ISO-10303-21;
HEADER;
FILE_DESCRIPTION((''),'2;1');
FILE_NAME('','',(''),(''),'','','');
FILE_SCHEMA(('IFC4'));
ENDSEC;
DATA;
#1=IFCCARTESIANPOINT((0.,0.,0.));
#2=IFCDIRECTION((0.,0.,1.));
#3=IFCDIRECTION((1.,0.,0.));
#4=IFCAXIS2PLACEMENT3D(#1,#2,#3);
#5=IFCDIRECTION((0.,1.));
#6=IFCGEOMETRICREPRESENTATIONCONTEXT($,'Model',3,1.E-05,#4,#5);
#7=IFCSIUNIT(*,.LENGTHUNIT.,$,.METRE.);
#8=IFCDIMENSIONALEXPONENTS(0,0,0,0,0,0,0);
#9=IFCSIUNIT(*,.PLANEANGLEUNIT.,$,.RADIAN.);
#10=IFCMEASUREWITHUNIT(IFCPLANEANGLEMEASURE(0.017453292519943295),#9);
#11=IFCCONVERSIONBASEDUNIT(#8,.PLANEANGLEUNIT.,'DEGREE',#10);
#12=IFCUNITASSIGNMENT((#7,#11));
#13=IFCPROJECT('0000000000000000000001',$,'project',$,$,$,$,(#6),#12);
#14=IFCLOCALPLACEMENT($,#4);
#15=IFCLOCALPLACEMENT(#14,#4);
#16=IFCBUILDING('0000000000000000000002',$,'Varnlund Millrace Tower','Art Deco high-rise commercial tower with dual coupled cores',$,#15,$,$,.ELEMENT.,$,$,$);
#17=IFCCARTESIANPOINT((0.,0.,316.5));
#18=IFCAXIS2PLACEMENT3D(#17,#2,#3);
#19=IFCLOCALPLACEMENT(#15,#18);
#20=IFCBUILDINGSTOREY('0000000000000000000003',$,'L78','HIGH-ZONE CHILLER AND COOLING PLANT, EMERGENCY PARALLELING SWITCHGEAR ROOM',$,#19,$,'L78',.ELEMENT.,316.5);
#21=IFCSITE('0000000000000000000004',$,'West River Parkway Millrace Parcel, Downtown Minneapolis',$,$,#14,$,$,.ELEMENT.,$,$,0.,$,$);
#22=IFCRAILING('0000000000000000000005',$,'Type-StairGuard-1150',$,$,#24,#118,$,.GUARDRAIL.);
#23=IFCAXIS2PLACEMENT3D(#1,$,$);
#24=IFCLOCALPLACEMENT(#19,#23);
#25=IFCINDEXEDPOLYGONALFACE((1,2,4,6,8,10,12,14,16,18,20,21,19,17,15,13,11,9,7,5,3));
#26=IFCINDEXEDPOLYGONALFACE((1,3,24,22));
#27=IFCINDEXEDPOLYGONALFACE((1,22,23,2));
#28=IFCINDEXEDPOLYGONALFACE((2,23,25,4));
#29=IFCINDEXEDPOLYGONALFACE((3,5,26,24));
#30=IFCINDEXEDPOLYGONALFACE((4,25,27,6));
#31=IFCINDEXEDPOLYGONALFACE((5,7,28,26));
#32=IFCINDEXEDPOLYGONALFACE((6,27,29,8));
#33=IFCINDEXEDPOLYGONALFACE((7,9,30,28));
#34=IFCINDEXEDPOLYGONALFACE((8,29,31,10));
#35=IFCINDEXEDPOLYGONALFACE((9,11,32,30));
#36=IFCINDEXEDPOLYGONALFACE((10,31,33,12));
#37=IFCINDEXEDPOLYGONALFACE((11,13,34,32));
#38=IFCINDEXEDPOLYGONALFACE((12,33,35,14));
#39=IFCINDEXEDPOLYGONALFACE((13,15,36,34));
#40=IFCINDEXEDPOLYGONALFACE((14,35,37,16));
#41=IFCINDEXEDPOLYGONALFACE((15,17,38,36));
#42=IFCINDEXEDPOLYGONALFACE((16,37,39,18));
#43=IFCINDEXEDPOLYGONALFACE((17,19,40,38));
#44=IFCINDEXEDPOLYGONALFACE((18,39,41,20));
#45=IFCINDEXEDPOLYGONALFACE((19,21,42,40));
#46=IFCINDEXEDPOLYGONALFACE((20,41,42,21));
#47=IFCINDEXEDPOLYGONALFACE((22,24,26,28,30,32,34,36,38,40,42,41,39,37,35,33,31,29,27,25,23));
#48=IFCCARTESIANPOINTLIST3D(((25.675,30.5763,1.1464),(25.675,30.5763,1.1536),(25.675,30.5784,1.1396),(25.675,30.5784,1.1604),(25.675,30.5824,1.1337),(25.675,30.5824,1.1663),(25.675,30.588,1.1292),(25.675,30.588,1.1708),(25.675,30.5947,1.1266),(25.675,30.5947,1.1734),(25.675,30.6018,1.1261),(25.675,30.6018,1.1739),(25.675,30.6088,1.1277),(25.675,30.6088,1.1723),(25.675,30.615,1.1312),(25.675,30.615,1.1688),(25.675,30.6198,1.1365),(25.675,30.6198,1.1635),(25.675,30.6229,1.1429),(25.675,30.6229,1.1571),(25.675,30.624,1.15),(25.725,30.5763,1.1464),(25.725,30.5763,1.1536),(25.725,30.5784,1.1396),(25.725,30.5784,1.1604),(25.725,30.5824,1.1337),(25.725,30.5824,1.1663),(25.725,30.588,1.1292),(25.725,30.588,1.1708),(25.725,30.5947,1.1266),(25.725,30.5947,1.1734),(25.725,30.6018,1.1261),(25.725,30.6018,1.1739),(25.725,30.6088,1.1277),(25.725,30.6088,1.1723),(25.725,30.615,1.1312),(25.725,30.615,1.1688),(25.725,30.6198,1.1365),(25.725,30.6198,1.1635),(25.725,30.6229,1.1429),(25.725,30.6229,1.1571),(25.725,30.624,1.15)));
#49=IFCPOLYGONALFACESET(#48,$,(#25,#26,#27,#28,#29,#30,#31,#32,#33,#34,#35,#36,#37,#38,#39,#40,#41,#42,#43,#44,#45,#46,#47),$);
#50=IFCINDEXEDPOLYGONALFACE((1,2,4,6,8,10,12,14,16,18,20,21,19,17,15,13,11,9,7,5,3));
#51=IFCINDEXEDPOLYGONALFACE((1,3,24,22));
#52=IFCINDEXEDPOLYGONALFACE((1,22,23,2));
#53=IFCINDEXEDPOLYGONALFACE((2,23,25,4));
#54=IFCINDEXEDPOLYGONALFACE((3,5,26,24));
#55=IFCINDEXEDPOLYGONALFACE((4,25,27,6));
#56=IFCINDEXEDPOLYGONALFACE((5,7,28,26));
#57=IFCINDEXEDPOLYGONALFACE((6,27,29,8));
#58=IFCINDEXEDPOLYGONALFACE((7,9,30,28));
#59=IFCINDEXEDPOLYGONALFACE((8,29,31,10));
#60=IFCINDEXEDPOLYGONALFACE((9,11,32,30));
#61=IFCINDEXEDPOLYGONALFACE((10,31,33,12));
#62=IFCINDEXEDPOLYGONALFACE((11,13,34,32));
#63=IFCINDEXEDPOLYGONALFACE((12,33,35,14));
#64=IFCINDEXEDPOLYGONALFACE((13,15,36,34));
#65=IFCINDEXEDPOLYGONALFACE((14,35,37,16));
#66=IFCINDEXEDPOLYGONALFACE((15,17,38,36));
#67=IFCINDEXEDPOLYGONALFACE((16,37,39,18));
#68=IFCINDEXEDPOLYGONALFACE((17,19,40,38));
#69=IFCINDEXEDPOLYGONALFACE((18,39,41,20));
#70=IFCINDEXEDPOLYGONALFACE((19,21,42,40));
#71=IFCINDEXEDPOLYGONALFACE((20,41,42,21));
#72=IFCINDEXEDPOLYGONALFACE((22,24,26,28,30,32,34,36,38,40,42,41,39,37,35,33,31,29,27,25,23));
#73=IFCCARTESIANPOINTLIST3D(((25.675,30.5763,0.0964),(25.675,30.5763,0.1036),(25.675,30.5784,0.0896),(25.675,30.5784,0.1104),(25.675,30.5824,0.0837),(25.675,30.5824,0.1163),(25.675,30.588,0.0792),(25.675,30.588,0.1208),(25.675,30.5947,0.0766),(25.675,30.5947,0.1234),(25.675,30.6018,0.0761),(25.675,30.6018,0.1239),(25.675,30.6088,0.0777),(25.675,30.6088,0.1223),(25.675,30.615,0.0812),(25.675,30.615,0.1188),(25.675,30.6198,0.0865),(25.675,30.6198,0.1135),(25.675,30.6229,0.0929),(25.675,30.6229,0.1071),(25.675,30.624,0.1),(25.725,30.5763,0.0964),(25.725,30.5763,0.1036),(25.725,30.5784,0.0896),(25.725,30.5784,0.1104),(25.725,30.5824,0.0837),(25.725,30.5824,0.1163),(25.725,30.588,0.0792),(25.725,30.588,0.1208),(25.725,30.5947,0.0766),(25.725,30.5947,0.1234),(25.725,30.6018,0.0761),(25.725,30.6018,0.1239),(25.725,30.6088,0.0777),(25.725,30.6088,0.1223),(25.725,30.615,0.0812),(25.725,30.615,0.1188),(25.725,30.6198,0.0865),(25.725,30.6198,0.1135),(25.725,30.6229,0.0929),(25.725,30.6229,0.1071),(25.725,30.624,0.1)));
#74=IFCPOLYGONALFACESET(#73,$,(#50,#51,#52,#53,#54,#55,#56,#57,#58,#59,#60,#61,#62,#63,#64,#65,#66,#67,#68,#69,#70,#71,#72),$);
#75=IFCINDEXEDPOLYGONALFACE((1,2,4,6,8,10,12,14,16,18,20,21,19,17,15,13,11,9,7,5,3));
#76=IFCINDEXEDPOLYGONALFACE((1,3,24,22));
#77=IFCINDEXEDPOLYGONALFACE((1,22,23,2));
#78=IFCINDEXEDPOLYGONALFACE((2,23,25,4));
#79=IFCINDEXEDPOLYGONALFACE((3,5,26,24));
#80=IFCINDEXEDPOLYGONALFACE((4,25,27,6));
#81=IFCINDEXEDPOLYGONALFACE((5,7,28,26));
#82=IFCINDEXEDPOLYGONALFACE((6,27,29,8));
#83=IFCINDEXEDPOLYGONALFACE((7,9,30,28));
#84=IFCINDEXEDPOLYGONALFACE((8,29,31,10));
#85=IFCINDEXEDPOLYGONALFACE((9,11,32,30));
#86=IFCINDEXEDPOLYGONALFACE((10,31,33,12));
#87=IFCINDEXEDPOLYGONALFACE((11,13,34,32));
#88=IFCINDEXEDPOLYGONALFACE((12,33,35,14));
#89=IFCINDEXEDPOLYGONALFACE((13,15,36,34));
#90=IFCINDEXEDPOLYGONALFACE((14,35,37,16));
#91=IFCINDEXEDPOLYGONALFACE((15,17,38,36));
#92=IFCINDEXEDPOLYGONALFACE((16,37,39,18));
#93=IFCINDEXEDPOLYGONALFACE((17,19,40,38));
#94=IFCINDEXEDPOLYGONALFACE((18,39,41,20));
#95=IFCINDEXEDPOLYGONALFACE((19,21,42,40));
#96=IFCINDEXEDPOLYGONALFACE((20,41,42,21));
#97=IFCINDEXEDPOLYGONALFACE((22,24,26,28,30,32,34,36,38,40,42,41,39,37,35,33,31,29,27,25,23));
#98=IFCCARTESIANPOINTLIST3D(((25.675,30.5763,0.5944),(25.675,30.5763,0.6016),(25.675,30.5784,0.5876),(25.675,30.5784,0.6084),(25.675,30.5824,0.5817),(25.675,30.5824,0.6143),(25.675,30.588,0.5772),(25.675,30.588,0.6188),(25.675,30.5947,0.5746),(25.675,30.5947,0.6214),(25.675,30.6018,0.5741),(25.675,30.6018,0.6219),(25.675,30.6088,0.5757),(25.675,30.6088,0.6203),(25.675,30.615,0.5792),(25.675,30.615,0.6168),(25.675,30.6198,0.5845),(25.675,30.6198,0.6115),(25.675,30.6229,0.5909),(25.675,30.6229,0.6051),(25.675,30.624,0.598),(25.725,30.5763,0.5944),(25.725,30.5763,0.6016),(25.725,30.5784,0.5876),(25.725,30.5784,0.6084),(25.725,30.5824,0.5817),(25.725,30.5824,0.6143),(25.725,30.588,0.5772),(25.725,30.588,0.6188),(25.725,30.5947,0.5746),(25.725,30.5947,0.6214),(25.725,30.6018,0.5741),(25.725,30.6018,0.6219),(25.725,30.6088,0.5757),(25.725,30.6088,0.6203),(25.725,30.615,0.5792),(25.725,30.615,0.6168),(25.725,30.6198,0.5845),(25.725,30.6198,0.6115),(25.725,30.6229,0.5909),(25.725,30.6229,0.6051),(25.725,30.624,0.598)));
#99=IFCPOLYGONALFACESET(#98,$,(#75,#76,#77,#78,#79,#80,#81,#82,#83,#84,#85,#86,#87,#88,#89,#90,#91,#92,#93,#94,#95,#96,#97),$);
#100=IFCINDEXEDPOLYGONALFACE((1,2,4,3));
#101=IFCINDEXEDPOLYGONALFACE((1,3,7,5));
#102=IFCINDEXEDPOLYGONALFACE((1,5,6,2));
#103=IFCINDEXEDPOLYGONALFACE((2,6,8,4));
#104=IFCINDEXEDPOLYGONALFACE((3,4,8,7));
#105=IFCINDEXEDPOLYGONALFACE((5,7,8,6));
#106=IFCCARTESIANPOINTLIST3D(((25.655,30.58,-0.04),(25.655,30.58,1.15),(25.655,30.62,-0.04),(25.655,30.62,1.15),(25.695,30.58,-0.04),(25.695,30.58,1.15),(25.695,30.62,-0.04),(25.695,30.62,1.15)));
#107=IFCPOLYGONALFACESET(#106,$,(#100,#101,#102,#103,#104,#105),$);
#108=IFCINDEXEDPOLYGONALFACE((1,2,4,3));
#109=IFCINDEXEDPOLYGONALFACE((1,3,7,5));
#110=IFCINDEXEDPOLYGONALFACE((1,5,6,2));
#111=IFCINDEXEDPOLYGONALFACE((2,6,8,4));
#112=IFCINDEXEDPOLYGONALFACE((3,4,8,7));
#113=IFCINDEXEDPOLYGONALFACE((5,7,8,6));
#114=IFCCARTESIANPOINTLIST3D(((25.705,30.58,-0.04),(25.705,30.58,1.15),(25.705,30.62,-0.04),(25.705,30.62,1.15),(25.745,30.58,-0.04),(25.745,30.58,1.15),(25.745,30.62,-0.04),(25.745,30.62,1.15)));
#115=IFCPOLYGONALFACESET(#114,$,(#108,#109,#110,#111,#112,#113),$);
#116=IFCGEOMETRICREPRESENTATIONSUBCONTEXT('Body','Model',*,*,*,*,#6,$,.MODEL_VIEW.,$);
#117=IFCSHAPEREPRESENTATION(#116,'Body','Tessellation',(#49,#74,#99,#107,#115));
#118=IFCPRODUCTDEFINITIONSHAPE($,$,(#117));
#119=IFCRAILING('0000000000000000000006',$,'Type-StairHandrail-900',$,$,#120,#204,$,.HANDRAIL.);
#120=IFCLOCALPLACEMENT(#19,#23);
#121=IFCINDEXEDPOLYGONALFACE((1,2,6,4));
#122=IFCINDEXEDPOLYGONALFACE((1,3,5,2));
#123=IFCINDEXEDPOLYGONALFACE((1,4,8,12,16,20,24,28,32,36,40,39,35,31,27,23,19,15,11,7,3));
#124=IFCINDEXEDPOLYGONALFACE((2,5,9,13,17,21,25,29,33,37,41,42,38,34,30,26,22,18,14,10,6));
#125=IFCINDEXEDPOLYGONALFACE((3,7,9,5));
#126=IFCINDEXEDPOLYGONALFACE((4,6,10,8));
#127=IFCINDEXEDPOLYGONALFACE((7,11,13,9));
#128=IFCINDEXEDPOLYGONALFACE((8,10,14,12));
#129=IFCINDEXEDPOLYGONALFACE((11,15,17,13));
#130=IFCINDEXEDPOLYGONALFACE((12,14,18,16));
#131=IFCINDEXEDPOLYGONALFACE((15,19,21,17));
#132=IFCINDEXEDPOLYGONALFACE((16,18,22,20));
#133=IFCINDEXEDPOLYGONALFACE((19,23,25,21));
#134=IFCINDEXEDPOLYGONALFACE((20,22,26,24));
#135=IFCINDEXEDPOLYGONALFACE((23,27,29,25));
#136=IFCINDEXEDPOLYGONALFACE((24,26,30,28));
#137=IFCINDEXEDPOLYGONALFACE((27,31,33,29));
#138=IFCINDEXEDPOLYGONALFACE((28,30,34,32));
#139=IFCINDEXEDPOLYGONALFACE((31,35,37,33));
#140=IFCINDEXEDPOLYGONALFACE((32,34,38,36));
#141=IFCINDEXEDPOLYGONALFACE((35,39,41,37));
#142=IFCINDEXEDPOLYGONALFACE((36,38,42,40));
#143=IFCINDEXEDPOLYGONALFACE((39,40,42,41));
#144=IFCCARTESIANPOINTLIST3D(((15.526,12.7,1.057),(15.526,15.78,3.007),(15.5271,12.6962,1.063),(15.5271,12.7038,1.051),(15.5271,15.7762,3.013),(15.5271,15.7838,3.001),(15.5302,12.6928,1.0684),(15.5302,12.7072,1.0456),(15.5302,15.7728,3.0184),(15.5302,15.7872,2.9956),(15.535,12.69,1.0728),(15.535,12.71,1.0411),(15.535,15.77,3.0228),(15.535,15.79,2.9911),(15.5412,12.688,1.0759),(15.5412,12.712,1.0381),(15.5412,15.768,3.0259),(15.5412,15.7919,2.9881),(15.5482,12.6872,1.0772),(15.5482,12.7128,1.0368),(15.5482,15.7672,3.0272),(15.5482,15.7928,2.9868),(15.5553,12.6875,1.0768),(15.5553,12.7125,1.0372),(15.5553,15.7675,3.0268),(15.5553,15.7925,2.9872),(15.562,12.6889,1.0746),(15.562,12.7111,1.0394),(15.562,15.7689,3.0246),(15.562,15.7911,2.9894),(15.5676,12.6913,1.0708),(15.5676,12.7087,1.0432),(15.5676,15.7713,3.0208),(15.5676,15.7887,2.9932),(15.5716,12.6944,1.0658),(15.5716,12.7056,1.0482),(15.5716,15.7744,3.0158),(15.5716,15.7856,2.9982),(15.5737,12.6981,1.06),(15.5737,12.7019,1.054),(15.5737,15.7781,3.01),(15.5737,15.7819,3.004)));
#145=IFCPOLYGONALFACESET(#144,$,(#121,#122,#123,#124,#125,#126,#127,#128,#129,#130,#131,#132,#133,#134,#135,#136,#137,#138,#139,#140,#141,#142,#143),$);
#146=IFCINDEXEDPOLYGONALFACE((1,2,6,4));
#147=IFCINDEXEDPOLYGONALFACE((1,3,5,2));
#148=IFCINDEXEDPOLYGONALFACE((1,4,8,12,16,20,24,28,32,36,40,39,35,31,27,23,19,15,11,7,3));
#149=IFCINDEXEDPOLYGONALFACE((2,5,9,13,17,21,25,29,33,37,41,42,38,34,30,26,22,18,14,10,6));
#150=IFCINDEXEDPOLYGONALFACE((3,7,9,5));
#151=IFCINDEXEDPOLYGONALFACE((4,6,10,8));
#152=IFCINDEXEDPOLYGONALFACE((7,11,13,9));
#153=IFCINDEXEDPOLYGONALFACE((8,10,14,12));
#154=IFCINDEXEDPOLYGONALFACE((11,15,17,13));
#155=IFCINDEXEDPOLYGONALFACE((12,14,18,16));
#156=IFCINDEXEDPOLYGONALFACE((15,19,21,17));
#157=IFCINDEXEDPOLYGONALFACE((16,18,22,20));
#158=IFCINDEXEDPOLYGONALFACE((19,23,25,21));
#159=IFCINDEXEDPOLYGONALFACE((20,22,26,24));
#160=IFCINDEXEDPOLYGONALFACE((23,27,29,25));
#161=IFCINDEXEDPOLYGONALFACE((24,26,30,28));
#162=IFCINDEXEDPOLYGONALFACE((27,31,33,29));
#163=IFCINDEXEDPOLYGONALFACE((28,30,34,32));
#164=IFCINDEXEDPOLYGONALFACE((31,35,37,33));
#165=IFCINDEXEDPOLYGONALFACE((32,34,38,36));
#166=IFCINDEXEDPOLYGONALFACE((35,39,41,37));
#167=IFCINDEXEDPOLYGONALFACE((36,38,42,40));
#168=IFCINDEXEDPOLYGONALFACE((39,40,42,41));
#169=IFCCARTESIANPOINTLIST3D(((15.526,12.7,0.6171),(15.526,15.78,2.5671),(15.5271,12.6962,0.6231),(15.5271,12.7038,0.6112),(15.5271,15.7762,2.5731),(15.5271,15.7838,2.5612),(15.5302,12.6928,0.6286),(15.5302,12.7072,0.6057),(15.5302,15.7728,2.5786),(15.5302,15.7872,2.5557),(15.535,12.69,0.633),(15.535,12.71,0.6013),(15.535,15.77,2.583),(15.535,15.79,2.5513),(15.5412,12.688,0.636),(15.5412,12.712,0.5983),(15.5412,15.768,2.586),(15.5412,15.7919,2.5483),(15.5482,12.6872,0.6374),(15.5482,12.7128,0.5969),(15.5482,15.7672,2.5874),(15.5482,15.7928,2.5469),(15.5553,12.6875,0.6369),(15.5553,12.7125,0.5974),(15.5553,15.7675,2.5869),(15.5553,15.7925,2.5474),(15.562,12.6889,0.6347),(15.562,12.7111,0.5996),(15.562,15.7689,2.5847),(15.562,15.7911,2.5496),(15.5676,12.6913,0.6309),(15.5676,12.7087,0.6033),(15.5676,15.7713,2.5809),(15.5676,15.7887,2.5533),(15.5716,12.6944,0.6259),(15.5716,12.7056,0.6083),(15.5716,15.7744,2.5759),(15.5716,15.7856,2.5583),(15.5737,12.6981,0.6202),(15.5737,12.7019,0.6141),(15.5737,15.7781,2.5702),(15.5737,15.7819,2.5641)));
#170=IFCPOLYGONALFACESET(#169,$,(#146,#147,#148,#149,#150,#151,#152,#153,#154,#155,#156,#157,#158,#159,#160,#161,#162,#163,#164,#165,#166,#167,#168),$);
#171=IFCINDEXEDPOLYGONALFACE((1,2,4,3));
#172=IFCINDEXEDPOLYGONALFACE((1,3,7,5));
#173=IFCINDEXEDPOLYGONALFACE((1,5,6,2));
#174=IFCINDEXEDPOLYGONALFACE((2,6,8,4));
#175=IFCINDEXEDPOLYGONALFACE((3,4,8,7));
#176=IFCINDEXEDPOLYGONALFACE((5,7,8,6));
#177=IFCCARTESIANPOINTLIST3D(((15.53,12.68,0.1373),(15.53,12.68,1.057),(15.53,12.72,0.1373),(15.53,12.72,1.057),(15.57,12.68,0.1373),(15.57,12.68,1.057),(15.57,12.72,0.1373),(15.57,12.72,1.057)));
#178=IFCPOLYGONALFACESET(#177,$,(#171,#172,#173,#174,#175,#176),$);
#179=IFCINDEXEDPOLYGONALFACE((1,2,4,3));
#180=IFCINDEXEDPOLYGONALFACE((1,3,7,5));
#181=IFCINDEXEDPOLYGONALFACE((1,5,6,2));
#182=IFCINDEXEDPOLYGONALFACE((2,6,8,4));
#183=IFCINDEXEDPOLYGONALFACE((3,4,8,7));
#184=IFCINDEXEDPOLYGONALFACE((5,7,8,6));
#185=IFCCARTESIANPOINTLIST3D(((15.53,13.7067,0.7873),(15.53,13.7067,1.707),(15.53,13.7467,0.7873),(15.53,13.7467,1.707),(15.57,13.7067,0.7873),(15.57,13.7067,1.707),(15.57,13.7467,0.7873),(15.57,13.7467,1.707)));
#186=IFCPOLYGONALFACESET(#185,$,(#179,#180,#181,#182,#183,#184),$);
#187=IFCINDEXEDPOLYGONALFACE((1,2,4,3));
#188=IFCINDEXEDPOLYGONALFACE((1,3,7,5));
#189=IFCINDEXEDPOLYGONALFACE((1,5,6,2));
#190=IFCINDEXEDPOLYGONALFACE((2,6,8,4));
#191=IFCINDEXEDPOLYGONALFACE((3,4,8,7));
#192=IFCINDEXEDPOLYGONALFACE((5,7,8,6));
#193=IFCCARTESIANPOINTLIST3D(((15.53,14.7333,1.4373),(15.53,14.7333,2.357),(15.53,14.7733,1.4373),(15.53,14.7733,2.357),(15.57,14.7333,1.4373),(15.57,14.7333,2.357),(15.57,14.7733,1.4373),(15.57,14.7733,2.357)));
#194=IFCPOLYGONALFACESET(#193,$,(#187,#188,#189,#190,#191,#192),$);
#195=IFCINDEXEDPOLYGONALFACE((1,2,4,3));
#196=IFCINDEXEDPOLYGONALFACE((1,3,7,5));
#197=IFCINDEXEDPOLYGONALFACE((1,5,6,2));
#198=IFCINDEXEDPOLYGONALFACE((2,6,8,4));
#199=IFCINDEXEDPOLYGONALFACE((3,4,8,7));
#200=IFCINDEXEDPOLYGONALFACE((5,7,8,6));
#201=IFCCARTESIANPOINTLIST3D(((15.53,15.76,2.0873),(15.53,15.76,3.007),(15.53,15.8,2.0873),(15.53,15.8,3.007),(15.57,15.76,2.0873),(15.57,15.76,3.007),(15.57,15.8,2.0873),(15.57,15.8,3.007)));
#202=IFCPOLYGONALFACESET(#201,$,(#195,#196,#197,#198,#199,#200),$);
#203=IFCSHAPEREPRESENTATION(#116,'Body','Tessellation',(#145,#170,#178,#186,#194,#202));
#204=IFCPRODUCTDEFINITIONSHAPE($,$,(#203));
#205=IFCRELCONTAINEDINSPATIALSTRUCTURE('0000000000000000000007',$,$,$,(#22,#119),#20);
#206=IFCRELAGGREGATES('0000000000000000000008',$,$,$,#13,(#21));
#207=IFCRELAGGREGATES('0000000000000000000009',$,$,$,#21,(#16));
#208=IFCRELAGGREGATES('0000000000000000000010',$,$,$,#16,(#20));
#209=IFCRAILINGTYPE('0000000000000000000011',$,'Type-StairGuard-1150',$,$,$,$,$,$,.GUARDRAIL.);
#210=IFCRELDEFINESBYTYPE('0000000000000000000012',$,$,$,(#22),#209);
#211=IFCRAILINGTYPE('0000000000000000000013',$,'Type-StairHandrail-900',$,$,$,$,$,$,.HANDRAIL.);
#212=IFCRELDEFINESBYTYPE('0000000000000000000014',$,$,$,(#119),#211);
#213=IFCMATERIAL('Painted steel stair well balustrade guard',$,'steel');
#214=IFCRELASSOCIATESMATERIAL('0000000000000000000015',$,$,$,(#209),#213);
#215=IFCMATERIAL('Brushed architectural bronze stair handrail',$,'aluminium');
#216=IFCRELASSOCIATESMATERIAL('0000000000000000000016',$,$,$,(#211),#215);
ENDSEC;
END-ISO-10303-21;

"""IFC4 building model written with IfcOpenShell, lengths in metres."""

from ifc_helpers import new_model, entity, si_unit, converted_unit, direction, frame, origin_with_axes, origin_2d_with_axis, place, context, subcontext, project, spatial, rectangle, circle, extrude, material, type_object, element, save


model = new_model("IFC4")

# Units and contexts
model_context = context("Model", 3, precision=1e-05, world=origin_with_axes(), true_north=direction((0.0, 1.0)))
body_context = subcontext(model_context, "Body", "Model", "MODEL_VIEW")
ifc_project = project(units=[si_unit("LENGTHUNIT", "METRE"), converted_unit("PLANEANGLEUNIT", "DEGREE", entity("IfcPlaneAngleMeasure", 0.017453292519943295), si_unit("PLANEANGLEUNIT", "RADIAN"), dimensions=[0, 0, 0, 0, 0, 0, 0])], contexts=[model_context])

# Site, building, storey
site_placement = place(None, origin_with_axes())
site = spatial("IfcSite", under=ifc_project, at=site_placement, Name="West River Parkway Millrace Parcel, Downtown Minneapolis", CompositionType="ELEMENT", RefElevation=0.0)
building_placement = place(site_placement, origin_with_axes())
building = spatial("IfcBuilding", under=site, at=building_placement, Name="Varnlund Millrace Tower", Description="Art Deco high-rise commercial tower with dual coupled cores", CompositionType="ELEMENT")
storey_placement = place(building_placement, frame((0.0, 0.0, 316.5), z_axis=(0.0, 0.0, 1.0), x_axis=(1.0, 0.0, 0.0)))
storey = spatial("IfcBuildingStorey", under=building, at=storey_placement, Name="L78", Description="HIGH-ZONE CHILLER AND COOLING PLANT, EMERGENCY PARALLELING SWITCHGEAR ROOM", LongName="L78", CompositionType="ELEMENT", Elevation=316.5)

# Railings
ifc_material_1 = material(Name="Painted steel stair well balustrade guard", Category="steel")
railing_type_1 = type_object("IfcRailingType", Name="Type-StairGuard-1150", PredefinedType="GUARDRAIL", material=ifc_material_1)
railing_1_placement = place(storey_placement, frame((0.0, 0.0, -316.5), z_axis=(0.0, 0.0, 1.0), x_axis=(1.0, 0.0, 0.0)))
element("IfcRailing", 1, at=railing_1_placement, inside=storey, type_object=railing_type_1, Name="Type-StairGuard-1150", PredefinedType="GUARDRAIL", context=body_context, shape_type="SweptSolid", body=[
    extrude(circle(Radius=0.024, at=origin_2d_with_axis()), frame((25.675, 30.6, 317.65), z_axis=(1.0, 0.0, 0.0), x_axis=(0.0, 1.0, 0.0)), (0.0, 0.0, 1.0), 0.05),
    extrude(circle(Radius=0.024, at=origin_2d_with_axis()), frame((25.675, 30.6, 316.6), z_axis=(1.0, 0.0, 0.0), x_axis=(0.0, 1.0, 0.0)), (0.0, 0.0, 1.0), 0.05),
    extrude(circle(Radius=0.024, at=origin_2d_with_axis()), frame((25.675, 30.6, 317.098), z_axis=(1.0, 0.0, 0.0), x_axis=(0.0, 1.0, 0.0)), (0.0, 0.0, 1.0), 0.05),
    extrude(rectangle(XDim=0.04, YDim=0.04, at=origin_2d_with_axis()), frame((25.675, 30.6, 316.46), z_axis=(0.0, 0.0, 1.0), x_axis=(1.0, 0.0, 0.0)), (0.0, 0.0, 1.0), 1.19),
    extrude(rectangle(XDim=0.04, YDim=0.04, at=origin_2d_with_axis()), frame((25.725, 30.6, 316.46), z_axis=(0.0, 0.0, 1.0), x_axis=(1.0, 0.0, 0.0)), (0.0, 0.0, 1.0), 1.19),
])
ifc_material_2 = material(Name="Brushed architectural bronze stair handrail", Category="aluminium")
railing_type_2 = type_object("IfcRailingType", Name="Type-StairHandrail-900", PredefinedType="HANDRAIL", material=ifc_material_2)
railing_2_placement = place(storey_placement, frame((0.0, 0.0, -316.5), z_axis=(0.0, 0.0, 1.0), x_axis=(1.0, 0.0, 0.0)))
element("IfcRailing", 2, at=railing_2_placement, inside=storey, type_object=railing_type_2, Name="Type-StairHandrail-900", PredefinedType="HANDRAIL", context=body_context, shape_type="SweptSolid", body=[
    extrude(circle(Radius=0.024, at=origin_2d_with_axis()), frame((15.55, 12.7, 317.557), z_axis=(0.0, 0.844902, 0.534922), x_axis=(-1.0, 0.0, 0.0)), (0.0, 0.0, 1.0), 3.6454),
    extrude(circle(Radius=0.024, at=origin_2d_with_axis()), frame((15.55, 12.7, 317.1171), z_axis=(0.0, 0.844902, 0.534922), x_axis=(-1.0, 0.0, 0.0)), (0.0, 0.0, 1.0), 3.6454),
    extrude(rectangle(XDim=0.04, YDim=0.04, at=origin_2d_with_axis()), frame((15.55, 12.7, 316.6373), z_axis=(0.0, 0.0, 1.0), x_axis=(1.0, 0.0, 0.0)), (0.0, 0.0, 1.0), 0.9197),
    extrude(rectangle(XDim=0.04, YDim=0.04, at=origin_2d_with_axis()), frame((15.55, 13.7267, 317.2873), z_axis=(0.0, 0.0, 1.0), x_axis=(1.0, 0.0, 0.0)), (0.0, 0.0, 1.0), 0.9197),
    extrude(rectangle(XDim=0.04, YDim=0.04, at=origin_2d_with_axis()), frame((15.55, 14.7533, 317.9373), z_axis=(0.0, 0.0, 1.0), x_axis=(1.0, 0.0, 0.0)), (0.0, 0.0, 1.0), 0.9197),
    extrude(rectangle(XDim=0.04, YDim=0.04, at=origin_2d_with_axis()), frame((15.55, 15.78, 318.5873), z_axis=(0.0, 0.0, 1.0), x_axis=(1.0, 0.0, 0.0)), (0.0, 0.0, 1.0), 0.9197),
])

save(model, "model.ifc")
